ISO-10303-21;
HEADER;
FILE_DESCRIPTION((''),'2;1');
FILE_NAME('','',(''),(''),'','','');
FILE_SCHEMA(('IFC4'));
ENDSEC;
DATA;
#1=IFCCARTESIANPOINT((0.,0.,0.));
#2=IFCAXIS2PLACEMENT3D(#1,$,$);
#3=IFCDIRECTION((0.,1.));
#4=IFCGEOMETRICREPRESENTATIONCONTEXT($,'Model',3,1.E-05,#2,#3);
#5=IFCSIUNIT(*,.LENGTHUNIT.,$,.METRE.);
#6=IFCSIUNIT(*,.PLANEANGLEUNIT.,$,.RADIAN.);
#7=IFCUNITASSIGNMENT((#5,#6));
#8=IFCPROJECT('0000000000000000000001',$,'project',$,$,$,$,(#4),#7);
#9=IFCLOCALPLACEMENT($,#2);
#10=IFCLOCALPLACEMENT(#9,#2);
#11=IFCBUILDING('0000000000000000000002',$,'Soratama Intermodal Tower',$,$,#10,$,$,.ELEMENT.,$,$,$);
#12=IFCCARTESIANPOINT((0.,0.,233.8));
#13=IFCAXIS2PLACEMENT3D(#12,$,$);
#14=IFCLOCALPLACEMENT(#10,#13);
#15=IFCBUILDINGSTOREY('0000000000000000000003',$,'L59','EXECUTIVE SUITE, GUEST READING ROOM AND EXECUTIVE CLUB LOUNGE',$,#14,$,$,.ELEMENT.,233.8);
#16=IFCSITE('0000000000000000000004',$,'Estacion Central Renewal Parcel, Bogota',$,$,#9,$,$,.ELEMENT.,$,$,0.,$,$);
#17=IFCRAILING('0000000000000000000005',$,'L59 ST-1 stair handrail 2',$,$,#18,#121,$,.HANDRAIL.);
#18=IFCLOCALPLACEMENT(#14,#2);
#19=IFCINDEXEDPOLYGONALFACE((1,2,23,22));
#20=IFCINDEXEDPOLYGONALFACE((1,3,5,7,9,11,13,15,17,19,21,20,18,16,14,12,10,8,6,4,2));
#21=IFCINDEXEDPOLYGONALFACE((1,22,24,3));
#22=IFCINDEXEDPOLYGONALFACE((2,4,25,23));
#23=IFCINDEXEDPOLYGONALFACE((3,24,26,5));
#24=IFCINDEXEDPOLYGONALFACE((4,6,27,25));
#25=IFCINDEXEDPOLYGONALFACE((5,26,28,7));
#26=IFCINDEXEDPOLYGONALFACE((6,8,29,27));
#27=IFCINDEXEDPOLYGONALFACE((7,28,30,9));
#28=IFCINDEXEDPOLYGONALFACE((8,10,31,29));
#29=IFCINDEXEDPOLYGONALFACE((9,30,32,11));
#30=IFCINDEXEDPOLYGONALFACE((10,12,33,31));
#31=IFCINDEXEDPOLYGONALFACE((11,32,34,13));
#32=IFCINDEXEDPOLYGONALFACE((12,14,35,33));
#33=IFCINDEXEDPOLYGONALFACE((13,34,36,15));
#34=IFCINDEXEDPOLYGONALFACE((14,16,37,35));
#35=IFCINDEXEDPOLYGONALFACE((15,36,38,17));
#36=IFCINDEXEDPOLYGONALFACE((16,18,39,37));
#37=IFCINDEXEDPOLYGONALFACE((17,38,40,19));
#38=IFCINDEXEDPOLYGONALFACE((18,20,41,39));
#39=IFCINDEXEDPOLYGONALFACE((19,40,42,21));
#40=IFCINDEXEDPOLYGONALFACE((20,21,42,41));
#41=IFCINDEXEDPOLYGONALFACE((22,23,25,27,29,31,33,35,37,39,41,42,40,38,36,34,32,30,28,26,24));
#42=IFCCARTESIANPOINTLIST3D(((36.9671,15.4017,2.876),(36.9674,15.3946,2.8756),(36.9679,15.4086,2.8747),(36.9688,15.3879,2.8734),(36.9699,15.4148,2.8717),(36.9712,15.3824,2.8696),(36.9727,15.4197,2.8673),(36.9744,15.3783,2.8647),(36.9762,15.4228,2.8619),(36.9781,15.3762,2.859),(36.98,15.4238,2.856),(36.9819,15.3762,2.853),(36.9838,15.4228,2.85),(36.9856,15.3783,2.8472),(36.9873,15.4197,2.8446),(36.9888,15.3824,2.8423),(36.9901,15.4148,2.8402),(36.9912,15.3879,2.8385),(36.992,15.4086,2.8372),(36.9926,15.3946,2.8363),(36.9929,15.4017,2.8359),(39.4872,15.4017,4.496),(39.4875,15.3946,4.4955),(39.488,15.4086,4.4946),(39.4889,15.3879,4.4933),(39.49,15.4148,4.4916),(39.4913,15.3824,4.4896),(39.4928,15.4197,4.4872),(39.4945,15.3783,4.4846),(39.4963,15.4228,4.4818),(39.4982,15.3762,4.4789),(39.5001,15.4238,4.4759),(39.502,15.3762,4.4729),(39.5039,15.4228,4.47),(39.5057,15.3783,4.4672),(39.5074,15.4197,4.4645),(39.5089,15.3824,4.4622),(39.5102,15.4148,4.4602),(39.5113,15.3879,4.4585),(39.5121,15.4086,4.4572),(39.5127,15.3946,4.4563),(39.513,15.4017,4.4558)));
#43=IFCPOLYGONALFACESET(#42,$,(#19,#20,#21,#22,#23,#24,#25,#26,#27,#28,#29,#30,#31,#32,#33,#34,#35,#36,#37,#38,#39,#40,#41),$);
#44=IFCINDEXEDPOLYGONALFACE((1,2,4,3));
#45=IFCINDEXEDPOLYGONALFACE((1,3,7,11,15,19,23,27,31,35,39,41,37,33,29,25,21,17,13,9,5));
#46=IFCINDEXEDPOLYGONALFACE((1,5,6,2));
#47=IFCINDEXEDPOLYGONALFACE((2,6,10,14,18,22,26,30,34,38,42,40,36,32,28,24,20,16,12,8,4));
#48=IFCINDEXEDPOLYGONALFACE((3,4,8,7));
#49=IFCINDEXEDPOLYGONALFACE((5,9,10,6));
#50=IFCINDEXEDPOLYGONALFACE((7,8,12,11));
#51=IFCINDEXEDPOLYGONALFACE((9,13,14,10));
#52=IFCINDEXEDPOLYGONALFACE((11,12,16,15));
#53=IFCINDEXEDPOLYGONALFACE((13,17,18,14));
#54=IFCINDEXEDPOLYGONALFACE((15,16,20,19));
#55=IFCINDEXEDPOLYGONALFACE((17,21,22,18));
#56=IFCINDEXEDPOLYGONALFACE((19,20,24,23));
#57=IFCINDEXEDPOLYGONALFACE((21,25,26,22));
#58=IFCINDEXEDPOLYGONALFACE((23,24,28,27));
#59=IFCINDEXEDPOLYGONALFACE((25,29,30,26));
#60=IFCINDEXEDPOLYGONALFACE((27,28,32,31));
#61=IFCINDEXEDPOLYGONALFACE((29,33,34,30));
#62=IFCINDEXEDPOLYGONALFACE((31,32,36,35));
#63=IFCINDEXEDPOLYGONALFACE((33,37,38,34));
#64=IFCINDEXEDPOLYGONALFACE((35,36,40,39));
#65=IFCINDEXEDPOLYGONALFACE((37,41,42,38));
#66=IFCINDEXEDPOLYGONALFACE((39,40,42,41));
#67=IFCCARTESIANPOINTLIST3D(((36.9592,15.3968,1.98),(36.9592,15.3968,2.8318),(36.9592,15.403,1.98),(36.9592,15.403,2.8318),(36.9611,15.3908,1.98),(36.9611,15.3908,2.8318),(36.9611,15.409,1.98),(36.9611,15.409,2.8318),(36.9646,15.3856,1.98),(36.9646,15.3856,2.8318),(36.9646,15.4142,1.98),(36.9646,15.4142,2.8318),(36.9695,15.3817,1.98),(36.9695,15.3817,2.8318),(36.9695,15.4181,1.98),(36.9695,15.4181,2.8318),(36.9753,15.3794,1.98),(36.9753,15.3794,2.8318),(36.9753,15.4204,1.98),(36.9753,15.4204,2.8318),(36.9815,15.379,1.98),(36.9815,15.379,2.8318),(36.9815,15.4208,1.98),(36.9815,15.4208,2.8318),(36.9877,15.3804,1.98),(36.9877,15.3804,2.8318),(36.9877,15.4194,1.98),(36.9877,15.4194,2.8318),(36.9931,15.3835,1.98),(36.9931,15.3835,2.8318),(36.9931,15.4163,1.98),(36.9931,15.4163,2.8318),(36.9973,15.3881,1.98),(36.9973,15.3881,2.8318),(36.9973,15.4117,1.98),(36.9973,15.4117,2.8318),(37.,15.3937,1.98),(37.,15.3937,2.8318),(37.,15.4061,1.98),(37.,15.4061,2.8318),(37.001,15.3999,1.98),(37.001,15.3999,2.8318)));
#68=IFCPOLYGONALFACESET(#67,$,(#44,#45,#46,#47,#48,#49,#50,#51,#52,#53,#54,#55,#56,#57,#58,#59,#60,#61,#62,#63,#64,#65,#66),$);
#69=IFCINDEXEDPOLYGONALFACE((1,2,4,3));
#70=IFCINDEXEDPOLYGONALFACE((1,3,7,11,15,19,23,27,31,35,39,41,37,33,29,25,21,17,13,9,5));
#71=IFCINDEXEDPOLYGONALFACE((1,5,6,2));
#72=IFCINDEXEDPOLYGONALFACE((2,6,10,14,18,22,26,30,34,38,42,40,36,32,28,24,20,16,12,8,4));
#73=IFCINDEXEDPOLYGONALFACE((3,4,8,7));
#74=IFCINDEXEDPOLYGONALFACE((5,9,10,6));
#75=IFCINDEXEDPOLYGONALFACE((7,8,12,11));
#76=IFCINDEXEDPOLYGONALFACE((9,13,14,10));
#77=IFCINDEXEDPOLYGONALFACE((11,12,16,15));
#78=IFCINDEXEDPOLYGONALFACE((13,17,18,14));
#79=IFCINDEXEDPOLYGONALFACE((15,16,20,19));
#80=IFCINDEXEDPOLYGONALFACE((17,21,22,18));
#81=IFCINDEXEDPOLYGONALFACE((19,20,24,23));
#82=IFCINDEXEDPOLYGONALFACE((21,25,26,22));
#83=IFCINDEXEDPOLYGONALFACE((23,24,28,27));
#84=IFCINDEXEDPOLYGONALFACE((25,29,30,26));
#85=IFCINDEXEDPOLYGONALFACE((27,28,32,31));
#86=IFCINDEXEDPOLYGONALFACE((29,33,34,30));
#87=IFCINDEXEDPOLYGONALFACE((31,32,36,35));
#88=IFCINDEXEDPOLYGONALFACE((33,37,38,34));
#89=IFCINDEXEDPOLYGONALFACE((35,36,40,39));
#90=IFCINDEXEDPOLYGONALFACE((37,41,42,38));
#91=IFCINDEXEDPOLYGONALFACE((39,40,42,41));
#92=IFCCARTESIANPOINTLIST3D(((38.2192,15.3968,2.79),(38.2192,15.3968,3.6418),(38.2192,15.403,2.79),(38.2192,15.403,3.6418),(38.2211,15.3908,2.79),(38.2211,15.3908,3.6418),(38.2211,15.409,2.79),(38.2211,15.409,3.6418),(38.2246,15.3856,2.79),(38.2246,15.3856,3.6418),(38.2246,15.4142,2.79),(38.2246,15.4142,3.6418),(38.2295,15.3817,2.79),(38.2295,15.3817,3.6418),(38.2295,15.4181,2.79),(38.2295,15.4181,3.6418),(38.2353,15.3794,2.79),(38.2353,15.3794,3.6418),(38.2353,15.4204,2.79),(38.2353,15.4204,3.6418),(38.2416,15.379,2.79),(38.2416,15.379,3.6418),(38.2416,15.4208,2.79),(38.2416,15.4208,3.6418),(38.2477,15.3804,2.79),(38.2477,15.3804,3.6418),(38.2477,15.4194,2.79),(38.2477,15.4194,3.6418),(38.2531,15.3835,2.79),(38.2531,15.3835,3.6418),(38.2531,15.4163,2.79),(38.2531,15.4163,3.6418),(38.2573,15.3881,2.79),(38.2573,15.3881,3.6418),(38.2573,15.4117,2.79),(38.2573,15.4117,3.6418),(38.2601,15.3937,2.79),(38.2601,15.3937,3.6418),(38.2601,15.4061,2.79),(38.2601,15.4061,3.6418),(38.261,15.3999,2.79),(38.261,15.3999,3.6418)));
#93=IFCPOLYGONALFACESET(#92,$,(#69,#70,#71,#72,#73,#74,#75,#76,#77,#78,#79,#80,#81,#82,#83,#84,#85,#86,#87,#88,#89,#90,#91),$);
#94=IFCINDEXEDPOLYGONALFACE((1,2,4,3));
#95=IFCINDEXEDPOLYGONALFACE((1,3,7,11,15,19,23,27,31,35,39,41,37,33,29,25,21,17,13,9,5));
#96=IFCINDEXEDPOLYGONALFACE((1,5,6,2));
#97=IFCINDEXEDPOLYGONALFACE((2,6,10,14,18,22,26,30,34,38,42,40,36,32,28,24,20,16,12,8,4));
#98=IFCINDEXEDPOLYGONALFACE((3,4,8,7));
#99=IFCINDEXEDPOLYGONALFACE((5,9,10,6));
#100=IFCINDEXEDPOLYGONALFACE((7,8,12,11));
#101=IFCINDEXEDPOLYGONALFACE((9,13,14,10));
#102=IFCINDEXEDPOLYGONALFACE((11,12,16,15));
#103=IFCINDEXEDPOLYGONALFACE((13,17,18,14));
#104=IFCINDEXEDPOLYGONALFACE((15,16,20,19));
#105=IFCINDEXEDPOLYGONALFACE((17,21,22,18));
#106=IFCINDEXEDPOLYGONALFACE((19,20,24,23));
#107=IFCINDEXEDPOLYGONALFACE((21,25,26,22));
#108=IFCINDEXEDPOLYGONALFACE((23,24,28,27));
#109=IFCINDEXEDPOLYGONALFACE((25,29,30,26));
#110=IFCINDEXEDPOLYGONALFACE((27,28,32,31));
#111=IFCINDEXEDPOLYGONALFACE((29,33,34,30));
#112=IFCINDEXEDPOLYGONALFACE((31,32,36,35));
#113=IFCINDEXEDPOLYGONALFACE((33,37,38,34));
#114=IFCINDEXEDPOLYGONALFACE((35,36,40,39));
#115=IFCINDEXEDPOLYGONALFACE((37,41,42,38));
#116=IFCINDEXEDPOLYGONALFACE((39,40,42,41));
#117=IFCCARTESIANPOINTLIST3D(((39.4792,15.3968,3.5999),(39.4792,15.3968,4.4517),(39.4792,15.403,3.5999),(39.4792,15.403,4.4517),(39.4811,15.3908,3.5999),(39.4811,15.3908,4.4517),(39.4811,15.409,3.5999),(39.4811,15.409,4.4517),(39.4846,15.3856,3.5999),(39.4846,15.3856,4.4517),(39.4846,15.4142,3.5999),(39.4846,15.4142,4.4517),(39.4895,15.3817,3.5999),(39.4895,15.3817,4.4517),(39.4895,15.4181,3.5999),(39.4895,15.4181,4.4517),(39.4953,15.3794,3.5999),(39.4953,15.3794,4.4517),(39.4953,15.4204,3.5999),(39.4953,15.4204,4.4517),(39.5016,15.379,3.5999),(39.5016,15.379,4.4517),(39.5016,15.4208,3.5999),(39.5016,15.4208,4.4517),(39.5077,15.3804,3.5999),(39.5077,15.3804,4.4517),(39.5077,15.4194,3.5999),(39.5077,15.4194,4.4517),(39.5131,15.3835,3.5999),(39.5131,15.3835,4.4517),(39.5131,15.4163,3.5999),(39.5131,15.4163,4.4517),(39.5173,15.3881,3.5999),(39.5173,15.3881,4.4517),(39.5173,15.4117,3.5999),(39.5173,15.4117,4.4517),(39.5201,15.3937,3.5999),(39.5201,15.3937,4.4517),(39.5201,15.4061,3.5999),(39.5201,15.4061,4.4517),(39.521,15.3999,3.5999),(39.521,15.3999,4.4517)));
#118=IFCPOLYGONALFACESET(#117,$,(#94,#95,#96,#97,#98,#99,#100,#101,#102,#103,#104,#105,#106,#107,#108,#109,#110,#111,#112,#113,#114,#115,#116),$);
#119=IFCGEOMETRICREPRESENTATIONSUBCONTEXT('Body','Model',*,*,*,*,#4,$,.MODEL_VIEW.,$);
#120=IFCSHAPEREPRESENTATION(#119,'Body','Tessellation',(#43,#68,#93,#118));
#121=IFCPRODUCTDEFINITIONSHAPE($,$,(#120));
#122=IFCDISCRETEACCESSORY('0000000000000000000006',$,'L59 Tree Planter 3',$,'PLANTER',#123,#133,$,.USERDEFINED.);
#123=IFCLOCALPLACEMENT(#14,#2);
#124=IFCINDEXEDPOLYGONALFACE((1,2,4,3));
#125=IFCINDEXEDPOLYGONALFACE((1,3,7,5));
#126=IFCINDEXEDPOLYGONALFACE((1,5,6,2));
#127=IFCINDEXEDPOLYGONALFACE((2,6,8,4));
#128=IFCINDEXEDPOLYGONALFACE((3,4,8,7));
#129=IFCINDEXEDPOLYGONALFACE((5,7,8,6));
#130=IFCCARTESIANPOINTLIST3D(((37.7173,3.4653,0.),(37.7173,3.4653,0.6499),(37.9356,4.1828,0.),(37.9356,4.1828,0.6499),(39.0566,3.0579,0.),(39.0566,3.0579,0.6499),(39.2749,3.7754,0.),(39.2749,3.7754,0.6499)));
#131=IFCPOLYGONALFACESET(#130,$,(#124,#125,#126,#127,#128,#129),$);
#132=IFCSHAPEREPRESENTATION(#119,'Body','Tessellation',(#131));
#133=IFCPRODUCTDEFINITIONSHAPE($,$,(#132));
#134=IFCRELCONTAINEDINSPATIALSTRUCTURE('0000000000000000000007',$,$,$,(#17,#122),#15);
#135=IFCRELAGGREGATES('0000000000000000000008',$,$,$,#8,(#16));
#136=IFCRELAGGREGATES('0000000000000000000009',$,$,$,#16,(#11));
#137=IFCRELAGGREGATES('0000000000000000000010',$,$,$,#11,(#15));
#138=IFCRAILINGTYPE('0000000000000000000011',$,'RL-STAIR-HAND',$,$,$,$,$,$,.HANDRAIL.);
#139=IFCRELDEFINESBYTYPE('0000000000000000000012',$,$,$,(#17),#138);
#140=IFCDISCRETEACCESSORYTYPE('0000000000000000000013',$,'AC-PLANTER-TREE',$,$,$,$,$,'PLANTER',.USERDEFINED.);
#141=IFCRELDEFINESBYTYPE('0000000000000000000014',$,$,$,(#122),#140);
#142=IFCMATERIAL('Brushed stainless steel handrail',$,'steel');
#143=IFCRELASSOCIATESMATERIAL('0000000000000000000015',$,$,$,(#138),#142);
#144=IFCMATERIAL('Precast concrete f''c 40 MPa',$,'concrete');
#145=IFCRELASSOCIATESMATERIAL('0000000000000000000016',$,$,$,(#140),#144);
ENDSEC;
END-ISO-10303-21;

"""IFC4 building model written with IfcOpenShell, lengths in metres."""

from ifc_helpers import new_model, si_unit, direction, frame, origin, origin_2d, place, context, subcontext, project, spatial, rectangle, circle, extrude, material, type_object, element, save


model = new_model("IFC4")

# Units and contexts
model_context = context("Model", 3, precision=1e-05, world=origin(), true_north=direction((0.0, 1.0)))
body_context = subcontext(model_context, "Body", "Model", "MODEL_VIEW")
ifc_project = project(units=[si_unit("LENGTHUNIT", "METRE"), si_unit("PLANEANGLEUNIT", "RADIAN")], contexts=[model_context])

# Site, building, storey
site_placement = place(None, origin())
site = spatial("IfcSite", under=ifc_project, at=site_placement, Name="Estacion Central Renewal Parcel, Bogota", CompositionType="ELEMENT", RefElevation=0.0)
building_placement = place(site_placement, origin())
building = spatial("IfcBuilding", under=site, at=building_placement, Name="Soratama Intermodal Tower", CompositionType="ELEMENT")
storey_placement = place(building_placement, frame((0.0, 0.0, 233.8)))
storey = spatial("IfcBuildingStorey", under=building, at=storey_placement, Name="L59", Description="EXECUTIVE SUITE, GUEST READING ROOM AND EXECUTIVE CLUB LOUNGE", CompositionType="ELEMENT", Elevation=233.8)

# Railing
ifc_material_1 = material(Name="Brushed stainless steel handrail", Category="steel")
railing_type = type_object("IfcRailingType", Name="RL-STAIR-HAND", PredefinedType="HANDRAIL", material=ifc_material_1)
railing_placement = place(storey_placement, frame((36.98, 15.3999, 1.98)))
element("IfcRailing", 1, at=railing_placement, inside=storey, type_object=railing_type, Name="L59 ST-1 stair handrail 2", PredefinedType="HANDRAIL", context=body_context, shape_type="SweptSolid", body=[
    extrude(circle(Radius=0.0239, at=origin_2d()), frame((0.0, 0.0, 0.876), z_axis=(0.8412, 0.0, 0.540725), x_axis=(0.0, 1.0, 0.0)), (0.0, 0.0, 1.0), 2.9958),
    extrude(circle(Radius=0.021, at=origin_2d()), origin(), (0.0, 0.0, 1.0), 0.8518),
    extrude(circle(Radius=0.021, at=origin_2d()), frame((1.26, 0.0, 0.8101)), (0.0, 0.0, 1.0), 0.8518),
    extrude(circle(Radius=0.021, at=origin_2d()), frame((2.52, 0.0, 1.6199)), (0.0, 0.0, 1.0), 0.8518),
])

# Discrete accessory
ifc_material_2 = material(Name="Precast concrete f'c 40 MPa", Category="concrete")
discrete_accessory_type = type_object("IfcDiscreteAccessoryType", Name="AC-PLANTER-TREE", ElementType="PLANTER", PredefinedType="USERDEFINED", material=ifc_material_2)
discrete_accessory_placement = place(storey_placement, frame((38.4961, 3.6204, 0.0), z_axis=(0.0, 0.0, 1.0), x_axis=(-0.291036, -0.956712, 0.0)))
element("IfcDiscreteAccessory", 2, at=discrete_accessory_placement, inside=storey, type_object=discrete_accessory_type, Name="L59 Tree Planter 3", ObjectType="PLANTER", PredefinedType="USERDEFINED", context=body_context, shape_type="SweptSolid", body=[
    extrude(rectangle(XDim=0.75, YDim=1.3999, at=origin_2d()), origin(), (0.0, 0.0, 1.0), 0.6499),
])

save(model, "model.ifc")
